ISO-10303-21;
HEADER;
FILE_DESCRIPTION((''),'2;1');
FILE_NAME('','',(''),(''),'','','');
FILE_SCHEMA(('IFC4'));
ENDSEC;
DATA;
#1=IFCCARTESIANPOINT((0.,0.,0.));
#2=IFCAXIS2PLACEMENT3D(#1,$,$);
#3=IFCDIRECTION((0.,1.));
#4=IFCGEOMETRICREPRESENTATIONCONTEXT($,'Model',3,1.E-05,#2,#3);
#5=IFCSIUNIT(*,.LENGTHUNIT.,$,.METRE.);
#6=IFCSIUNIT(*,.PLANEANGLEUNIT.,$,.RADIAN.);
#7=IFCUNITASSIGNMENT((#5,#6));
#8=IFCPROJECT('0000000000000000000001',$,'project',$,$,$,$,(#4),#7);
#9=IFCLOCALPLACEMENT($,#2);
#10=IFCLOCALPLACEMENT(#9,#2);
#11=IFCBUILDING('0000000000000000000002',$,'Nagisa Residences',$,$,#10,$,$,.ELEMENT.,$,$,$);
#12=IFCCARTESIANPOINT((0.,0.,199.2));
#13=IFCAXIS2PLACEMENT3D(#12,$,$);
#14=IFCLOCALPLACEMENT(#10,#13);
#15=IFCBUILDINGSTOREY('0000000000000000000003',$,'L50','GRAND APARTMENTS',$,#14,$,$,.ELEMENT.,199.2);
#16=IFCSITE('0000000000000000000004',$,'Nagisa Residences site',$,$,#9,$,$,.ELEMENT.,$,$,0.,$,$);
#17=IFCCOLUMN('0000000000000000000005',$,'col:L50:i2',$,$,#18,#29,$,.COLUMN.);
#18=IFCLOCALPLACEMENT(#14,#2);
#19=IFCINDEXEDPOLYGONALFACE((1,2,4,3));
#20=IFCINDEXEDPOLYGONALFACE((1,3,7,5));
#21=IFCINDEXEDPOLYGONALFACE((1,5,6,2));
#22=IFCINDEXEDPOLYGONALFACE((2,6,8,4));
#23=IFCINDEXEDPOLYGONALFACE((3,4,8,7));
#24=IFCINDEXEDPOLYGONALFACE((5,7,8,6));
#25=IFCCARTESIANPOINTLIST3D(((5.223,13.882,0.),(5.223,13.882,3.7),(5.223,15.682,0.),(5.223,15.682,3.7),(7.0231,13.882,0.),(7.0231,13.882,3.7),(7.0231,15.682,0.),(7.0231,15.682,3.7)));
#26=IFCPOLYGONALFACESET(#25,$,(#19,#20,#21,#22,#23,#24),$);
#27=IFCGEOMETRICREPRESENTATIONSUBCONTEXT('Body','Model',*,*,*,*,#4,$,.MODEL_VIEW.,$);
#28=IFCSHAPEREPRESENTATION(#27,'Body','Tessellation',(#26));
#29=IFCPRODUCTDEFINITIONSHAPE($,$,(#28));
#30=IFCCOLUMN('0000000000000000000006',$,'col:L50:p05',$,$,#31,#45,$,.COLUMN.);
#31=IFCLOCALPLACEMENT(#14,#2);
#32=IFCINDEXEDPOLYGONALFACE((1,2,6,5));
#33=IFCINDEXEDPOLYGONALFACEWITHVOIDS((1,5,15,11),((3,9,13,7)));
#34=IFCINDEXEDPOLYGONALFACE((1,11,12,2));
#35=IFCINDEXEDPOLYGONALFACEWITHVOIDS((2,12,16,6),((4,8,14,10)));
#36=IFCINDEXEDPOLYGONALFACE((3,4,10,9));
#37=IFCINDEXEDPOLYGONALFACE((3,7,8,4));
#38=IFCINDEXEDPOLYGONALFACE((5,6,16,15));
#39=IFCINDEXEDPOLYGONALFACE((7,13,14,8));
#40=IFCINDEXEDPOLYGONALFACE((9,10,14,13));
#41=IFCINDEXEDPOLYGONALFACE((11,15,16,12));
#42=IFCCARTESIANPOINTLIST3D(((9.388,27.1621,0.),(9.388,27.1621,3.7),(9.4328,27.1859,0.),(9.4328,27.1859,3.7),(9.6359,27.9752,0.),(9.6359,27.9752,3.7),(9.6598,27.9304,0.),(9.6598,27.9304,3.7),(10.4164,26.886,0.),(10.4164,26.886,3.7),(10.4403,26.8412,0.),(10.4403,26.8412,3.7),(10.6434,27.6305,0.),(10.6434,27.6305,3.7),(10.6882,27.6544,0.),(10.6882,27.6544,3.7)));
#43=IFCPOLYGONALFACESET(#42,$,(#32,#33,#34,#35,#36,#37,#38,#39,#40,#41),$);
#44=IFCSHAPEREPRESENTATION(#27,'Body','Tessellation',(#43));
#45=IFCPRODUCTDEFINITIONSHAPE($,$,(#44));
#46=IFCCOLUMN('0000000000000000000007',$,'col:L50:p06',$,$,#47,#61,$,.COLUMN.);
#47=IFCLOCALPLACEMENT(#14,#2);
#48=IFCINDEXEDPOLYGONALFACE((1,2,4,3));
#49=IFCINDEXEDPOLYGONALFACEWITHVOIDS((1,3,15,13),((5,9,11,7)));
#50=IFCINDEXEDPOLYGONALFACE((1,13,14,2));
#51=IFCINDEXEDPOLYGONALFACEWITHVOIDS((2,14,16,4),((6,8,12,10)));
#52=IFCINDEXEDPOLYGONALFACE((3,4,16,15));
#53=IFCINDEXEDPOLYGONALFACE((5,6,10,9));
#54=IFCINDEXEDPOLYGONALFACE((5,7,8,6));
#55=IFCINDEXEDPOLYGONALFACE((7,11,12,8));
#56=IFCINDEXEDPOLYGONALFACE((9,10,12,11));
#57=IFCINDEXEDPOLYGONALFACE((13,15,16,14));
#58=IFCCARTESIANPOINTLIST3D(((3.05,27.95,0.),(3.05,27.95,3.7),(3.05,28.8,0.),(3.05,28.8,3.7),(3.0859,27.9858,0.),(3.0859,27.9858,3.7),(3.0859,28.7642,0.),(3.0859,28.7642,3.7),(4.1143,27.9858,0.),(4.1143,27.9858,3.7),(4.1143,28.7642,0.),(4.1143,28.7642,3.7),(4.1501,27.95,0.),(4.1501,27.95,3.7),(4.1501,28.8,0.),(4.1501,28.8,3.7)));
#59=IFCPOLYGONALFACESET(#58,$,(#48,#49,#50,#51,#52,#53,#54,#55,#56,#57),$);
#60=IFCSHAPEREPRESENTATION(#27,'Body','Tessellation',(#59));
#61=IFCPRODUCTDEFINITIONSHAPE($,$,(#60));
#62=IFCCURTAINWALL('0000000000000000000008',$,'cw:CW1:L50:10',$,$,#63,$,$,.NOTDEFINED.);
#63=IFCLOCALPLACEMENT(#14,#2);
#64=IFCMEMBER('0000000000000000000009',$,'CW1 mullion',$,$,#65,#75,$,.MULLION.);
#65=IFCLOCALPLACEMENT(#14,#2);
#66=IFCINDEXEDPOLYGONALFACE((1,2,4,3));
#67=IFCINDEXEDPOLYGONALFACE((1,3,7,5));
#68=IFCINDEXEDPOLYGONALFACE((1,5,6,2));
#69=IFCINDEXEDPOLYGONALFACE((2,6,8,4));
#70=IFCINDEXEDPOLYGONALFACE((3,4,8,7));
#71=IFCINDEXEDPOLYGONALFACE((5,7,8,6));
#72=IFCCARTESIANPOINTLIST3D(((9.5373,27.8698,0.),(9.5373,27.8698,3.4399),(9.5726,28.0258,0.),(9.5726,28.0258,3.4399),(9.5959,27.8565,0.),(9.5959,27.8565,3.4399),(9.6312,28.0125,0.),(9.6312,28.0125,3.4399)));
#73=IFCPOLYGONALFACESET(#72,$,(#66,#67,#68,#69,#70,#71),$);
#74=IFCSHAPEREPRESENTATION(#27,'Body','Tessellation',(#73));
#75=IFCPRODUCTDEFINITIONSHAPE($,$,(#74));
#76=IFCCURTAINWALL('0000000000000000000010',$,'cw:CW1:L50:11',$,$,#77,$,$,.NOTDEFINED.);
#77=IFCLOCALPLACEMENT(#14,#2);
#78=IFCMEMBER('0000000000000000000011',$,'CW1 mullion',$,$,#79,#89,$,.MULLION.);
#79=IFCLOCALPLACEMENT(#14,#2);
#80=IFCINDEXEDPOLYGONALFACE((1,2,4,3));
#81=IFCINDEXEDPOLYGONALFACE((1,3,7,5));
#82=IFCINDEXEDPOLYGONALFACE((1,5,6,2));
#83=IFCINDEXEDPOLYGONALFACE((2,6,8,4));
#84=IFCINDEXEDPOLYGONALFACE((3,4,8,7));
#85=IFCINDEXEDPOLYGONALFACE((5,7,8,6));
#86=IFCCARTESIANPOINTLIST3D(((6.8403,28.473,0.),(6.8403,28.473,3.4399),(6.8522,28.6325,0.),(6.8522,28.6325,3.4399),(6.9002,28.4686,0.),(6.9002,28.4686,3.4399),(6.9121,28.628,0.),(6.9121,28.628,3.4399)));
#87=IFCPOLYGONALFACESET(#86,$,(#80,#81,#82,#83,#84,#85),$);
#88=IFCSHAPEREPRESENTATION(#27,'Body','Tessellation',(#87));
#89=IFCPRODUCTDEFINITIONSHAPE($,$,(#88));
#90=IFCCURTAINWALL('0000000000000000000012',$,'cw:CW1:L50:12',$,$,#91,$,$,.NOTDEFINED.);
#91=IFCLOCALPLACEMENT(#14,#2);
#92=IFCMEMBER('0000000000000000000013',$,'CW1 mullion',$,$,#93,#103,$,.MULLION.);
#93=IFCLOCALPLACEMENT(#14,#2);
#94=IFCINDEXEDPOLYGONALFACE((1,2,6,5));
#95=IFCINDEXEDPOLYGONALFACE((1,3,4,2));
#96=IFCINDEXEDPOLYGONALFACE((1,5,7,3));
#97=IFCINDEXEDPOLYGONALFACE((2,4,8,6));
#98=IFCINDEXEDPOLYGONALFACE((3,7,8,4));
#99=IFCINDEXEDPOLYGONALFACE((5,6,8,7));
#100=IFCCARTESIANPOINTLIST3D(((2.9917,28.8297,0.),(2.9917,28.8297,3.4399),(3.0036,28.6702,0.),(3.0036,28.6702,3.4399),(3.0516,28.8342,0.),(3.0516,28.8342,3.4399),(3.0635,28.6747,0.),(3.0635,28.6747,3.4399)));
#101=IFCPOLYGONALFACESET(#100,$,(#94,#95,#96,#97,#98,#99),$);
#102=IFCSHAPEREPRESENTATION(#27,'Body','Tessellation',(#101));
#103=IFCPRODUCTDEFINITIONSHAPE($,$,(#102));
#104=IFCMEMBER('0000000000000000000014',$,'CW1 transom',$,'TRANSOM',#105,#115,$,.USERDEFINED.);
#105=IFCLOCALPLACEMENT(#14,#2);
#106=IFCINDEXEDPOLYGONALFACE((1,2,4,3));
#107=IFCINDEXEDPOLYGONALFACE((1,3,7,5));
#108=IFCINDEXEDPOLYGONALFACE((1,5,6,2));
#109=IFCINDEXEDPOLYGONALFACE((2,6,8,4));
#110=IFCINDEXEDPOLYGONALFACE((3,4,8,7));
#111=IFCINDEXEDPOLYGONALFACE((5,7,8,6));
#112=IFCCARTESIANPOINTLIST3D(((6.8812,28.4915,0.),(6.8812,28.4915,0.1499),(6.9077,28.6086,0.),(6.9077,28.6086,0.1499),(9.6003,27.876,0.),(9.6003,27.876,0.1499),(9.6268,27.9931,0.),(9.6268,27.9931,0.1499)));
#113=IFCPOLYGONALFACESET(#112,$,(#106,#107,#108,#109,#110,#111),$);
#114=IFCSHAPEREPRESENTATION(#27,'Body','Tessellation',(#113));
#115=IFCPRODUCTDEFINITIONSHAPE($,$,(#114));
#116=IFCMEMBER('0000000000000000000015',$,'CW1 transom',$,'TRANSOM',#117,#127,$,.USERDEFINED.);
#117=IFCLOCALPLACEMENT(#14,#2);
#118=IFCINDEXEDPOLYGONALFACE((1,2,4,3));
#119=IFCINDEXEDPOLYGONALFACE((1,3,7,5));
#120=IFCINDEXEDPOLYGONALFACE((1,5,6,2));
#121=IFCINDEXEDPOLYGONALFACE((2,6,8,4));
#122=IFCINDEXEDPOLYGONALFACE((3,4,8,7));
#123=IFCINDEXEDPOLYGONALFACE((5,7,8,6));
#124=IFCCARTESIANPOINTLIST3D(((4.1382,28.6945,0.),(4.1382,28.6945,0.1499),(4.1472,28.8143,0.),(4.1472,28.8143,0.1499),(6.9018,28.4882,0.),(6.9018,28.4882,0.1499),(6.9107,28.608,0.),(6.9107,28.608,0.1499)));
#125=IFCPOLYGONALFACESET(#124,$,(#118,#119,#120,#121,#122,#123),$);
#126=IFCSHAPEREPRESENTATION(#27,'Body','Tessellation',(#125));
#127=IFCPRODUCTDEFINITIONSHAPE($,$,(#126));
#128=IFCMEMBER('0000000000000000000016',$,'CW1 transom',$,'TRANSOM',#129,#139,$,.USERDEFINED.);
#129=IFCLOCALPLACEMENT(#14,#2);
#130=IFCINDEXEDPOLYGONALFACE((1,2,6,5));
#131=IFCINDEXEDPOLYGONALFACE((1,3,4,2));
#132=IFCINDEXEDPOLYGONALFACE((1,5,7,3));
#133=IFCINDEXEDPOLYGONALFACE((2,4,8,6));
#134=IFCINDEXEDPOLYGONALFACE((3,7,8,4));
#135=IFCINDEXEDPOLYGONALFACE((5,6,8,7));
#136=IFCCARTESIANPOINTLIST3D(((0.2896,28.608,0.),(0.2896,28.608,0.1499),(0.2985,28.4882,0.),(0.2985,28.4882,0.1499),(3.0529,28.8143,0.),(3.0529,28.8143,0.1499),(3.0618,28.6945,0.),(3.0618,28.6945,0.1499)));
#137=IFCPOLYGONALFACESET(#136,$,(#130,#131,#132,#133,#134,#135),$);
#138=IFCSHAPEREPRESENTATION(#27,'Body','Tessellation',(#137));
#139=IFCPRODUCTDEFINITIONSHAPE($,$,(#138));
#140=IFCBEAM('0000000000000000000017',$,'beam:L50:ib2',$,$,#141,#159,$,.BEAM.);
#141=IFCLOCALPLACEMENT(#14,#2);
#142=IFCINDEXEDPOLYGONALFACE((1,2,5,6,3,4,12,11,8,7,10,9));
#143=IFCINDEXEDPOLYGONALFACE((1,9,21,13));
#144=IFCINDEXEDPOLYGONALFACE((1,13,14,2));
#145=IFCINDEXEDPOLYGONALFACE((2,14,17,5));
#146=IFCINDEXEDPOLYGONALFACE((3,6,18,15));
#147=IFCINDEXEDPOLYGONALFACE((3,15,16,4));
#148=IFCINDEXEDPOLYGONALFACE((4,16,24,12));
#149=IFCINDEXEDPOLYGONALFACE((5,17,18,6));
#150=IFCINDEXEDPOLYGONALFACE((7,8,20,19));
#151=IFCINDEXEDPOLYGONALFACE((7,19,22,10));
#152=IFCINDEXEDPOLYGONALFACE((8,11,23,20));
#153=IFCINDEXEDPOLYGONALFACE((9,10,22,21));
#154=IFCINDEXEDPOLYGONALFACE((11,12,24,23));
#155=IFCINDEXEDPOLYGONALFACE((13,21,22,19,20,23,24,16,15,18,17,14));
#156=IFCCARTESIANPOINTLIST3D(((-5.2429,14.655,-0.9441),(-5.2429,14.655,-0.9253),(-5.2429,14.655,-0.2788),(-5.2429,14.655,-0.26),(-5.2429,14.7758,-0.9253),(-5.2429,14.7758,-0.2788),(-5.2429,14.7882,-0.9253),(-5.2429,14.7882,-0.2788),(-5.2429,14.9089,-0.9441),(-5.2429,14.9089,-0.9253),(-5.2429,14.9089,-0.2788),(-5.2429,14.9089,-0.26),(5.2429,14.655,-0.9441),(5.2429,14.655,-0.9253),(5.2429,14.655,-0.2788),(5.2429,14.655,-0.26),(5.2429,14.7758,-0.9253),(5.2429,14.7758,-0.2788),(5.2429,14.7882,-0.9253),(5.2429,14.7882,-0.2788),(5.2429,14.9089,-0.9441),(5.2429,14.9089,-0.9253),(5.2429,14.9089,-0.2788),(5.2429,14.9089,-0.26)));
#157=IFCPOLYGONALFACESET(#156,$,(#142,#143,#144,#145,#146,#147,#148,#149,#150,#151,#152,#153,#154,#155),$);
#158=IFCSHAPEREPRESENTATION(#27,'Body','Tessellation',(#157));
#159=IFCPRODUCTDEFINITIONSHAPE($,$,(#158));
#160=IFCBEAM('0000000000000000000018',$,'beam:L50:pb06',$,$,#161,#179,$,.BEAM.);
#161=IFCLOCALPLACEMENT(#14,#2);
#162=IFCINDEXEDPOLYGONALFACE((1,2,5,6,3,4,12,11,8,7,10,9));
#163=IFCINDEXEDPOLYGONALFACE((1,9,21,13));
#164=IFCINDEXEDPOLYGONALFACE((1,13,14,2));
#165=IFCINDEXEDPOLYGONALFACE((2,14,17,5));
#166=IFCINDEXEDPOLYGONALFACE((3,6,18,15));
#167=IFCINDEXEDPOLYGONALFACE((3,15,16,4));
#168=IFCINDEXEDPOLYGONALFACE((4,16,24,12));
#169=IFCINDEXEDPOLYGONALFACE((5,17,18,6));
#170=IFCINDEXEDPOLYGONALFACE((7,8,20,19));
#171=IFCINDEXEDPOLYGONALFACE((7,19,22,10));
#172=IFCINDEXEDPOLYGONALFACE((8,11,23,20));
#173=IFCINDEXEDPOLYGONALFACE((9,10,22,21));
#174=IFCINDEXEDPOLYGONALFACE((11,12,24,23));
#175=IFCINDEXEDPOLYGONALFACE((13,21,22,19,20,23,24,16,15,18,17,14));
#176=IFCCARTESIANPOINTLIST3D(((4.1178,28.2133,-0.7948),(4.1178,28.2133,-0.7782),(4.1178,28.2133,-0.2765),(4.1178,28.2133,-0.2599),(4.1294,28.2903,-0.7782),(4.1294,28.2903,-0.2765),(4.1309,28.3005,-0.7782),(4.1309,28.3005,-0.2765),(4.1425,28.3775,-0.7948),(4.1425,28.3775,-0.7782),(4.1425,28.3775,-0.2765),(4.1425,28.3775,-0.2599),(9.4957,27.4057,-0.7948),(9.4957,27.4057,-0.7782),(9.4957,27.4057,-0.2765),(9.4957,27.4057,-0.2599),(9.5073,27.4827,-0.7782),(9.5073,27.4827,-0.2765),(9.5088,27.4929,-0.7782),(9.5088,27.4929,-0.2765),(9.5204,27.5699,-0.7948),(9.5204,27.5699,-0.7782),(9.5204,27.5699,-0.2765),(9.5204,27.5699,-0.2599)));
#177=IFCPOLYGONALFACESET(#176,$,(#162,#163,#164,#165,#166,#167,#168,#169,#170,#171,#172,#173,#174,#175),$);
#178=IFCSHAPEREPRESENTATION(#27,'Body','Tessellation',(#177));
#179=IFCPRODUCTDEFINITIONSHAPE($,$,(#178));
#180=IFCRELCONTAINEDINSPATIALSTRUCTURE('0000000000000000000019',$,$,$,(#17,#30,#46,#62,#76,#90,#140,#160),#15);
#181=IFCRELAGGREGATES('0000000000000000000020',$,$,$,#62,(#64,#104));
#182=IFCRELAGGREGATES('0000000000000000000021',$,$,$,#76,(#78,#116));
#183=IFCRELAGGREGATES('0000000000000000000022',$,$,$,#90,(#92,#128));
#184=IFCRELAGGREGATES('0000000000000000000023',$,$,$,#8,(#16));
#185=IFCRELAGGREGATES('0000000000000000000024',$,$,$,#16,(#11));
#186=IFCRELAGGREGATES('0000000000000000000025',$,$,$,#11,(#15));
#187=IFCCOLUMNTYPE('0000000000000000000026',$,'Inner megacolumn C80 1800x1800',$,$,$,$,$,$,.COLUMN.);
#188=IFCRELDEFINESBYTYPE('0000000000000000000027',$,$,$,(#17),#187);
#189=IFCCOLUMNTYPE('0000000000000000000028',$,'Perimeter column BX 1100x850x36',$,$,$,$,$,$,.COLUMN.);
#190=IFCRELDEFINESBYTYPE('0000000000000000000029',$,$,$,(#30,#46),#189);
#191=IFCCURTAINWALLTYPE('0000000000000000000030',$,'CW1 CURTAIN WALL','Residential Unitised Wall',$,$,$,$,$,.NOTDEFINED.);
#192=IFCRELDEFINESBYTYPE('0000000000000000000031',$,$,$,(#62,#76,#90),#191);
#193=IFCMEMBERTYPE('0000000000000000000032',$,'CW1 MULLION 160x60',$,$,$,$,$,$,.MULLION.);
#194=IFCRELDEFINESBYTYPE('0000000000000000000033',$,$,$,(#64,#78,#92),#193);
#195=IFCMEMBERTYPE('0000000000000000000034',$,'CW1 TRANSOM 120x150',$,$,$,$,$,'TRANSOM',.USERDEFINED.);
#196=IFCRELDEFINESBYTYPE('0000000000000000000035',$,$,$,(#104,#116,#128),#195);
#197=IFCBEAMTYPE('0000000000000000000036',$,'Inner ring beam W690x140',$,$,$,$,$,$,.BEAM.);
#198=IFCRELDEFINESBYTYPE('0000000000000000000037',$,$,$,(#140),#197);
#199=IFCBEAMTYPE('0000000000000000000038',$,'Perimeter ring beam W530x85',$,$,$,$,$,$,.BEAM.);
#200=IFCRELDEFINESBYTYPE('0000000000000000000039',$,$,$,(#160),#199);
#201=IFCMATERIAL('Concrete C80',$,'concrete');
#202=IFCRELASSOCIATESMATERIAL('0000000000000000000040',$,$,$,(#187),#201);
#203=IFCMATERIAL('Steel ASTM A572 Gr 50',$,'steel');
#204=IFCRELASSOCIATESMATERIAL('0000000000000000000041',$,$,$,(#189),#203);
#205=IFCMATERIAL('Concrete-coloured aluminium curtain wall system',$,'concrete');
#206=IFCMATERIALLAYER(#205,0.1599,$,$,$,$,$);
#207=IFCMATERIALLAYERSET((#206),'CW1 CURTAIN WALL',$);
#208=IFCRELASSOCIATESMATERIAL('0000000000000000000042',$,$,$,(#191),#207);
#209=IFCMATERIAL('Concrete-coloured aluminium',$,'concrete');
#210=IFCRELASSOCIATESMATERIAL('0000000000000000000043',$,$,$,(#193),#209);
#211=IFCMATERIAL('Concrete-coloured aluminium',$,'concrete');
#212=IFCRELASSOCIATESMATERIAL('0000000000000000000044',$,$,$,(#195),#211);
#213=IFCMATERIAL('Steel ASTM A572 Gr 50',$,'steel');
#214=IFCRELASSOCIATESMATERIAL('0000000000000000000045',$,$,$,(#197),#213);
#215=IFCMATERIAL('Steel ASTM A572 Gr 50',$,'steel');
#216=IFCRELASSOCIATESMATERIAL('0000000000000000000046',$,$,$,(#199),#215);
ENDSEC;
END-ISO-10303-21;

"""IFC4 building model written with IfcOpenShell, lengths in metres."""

from ifc_helpers import new_model, si_unit, direction, frame, origin, origin_2d, place, context, subcontext, project, spatial, rectangle, hollow_rectangle, i_section, extrude, material, layer, layer_set, material_profile, profile_set, type_object, element, aggregate, save


model = new_model("IFC4")

# Units and contexts
model_context = context("Model", 3, precision=1e-05, world=origin(), true_north=direction((0.0, 1.0)))
body_context = subcontext(model_context, "Body", "Model", "MODEL_VIEW")
ifc_project = project(units=[si_unit("LENGTHUNIT", "METRE"), si_unit("PLANEANGLEUNIT", "RADIAN")], contexts=[model_context])

# Site, building, storey
site_placement = place(None, origin())
site = spatial("IfcSite", under=ifc_project, at=site_placement, Name="Nagisa Residences site", CompositionType="ELEMENT", RefElevation=0.0)
building_placement = place(site_placement, origin())
building = spatial("IfcBuilding", under=site, at=building_placement, Name="Nagisa Residences", CompositionType="ELEMENT")
storey_placement = place(building_placement, frame((0.0, 0.0, 199.2)))
storey = spatial("IfcBuildingStorey", under=building, at=storey_placement, Name="L50", Description="GRAND APARTMENTS", CompositionType="ELEMENT", Elevation=199.2)

# Columns
ifc_material_1 = material(Name="Concrete C80", Category="concrete")
ifc_material_profile_1 = material_profile(ifc_material_1, rectangle(XDim=1.8, YDim=1.8, at=origin_2d()), Name="C80 1800x1800")
ifc_profile_set_1 = profile_set([ifc_material_profile_1], Name="Concrete C80")
column_type_1 = type_object("IfcColumnType", Name="Inner megacolumn C80 1800x1800", PredefinedType="COLUMN", material=ifc_profile_set_1)
column_placement = place(storey_placement, frame((6.123, 14.782, 0.0), z_axis=(0.0, 0.0, 1.0), x_axis=(1.0, 0.0, 0.0)))
element("IfcColumn", 1, at=column_placement, inside=storey, type_object=column_type_1, Name="col:L50:i2", PredefinedType="COLUMN", context=body_context, shape_type="SweptSolid", body=[
    extrude(rectangle(XDim=1.8, YDim=1.8, at=origin_2d()), origin(), (0.0, 0.0, 1.0), 3.7),
])
ifc_material_2 = material(Name="Steel ASTM A572 Gr 50", Category="steel")
ifc_material_profile_2 = material_profile(ifc_material_2, hollow_rectangle(XDim=1.1001, YDim=0.8501, WallThickness=0.0359, at=origin_2d()), Name="BX 1100x850x36")
ifc_profile_set_2 = profile_set([ifc_material_profile_2], Name="Steel ASTM A572 Gr 50")
column_type_2 = type_object("IfcColumnType", Name="Perimeter column BX 1100x850x36", PredefinedType="COLUMN", material=ifc_profile_set_2)
for number, where, z_axis, x_axis, name in (
    (2, (10.0381, 27.4082, 0.0), (0.0, 0.0, 1.0), (-0.956525, 0.291652, 0.0), "col:L50:p05"),
    (3, (3.6001, 28.375, 0.0), (0.0, 0.0, 1.0), (-1.0, 0.0, 0.0), "col:L50:p06"),
):
    element("IfcColumn", number, at=place(storey_placement, frame(where, z_axis=z_axis, x_axis=x_axis)), inside=storey, type_object=column_type_2, Name=name, PredefinedType="COLUMN", context=body_context, shape_type="SweptSolid", body=[
        extrude(hollow_rectangle(XDim=1.1001, YDim=0.8501, WallThickness=0.0359, at=origin_2d()), origin(), (0.0, 0.0, 1.0), 3.7),
    ])

# Curtain walls, members
ifc_material_3 = material(Name="Concrete-coloured aluminium curtain wall system", Category="concrete")
ifc_layer_1 = layer(ifc_material_3, 0.1599)
ifc_layer_set_1 = layer_set([ifc_layer_1], Name="CW1 CURTAIN WALL")
curtain_wall_type = type_object("IfcCurtainWallType", Name="CW1 CURTAIN WALL", Description="Residential Unitised Wall", PredefinedType="NOTDEFINED", material=ifc_layer_set_1)
curtain_wall_1_placement = place(storey_placement, origin())
curtain_wall_1 = element("IfcCurtainWall", 4, at=curtain_wall_1_placement, inside=storey, type_object=curtain_wall_type, Name="cw:CW1:L50:10", PredefinedType="NOTDEFINED")
ifc_material_4 = material(Name="Concrete-coloured aluminium", Category="concrete")
ifc_material_profile_3 = material_profile(ifc_material_4, rectangle(XDim=0.1599, YDim=0.0601, at=origin_2d()), Name="CW1 MULLION 160x60")
ifc_profile_set_3 = profile_set([ifc_material_profile_3], Name="Concrete-coloured aluminium")
member_type_1 = type_object("IfcMemberType", Name="CW1 MULLION 160x60", PredefinedType="MULLION", material=ifc_profile_set_3)
member_1_placement = place(storey_placement, frame((9.5842, 27.9412, 0.0), z_axis=(0.0, 0.0, 1.0), x_axis=(-0.220764, -0.975327, 0.0)))
member_1 = element("IfcMember", 5, at=member_1_placement, type_object=member_type_1, Name="CW1 mullion", PredefinedType="MULLION", context=body_context, shape_type="SweptSolid", body=[
    extrude(rectangle(XDim=0.1599, YDim=0.0601, at=origin_2d()), origin(), (0.0, 0.0, 1.0), 3.4399),
])
curtain_wall_2_placement = place(storey_placement, origin())
curtain_wall_2 = element("IfcCurtainWall", 6, at=curtain_wall_2_placement, inside=storey, type_object=curtain_wall_type, Name="cw:CW1:L50:11", PredefinedType="NOTDEFINED")
member_2_placement = place(storey_placement, frame((6.8762, 28.5505, 0.0), z_axis=(0.0, 0.0, 1.0), x_axis=(-0.074377, -0.99723, 0.0)))
member_2 = element("IfcMember", 7, at=member_2_placement, type_object=member_type_1, Name="CW1 mullion", PredefinedType="MULLION", context=body_context, shape_type="SweptSolid", body=[
    extrude(rectangle(XDim=0.1599, YDim=0.0601, at=origin_2d()), origin(), (0.0, 0.0, 1.0), 3.4399),
])
curtain_wall_3_placement = place(storey_placement, origin())
curtain_wall_3 = element("IfcCurtainWall", 8, at=curtain_wall_3_placement, inside=storey, type_object=curtain_wall_type, Name="cw:CW1:L50:12", PredefinedType="NOTDEFINED")
member_3_placement = place(storey_placement, frame((3.0276, 28.7522, 0.0), z_axis=(0.0, 0.0, 1.0), x_axis=(0.074377, -0.99723, 0.0)))
member_3 = element("IfcMember", 9, at=member_3_placement, type_object=member_type_1, Name="CW1 mullion", PredefinedType="MULLION", context=body_context, shape_type="SweptSolid", body=[
    extrude(rectangle(XDim=0.1599, YDim=0.0601, at=origin_2d()), origin(), (0.0, 0.0, 1.0), 3.4399),
])

# Members
ifc_material_5 = material(Name="Concrete-coloured aluminium", Category="concrete")
ifc_material_profile_4 = material_profile(ifc_material_5, rectangle(XDim=0.1201, YDim=0.1499, at=origin_2d()), Name="CW1 TRANSOM 120x150")
ifc_profile_set_4 = profile_set([ifc_material_profile_4], Name="Concrete-coloured aluminium")
member_type_2 = type_object("IfcMemberType", Name="CW1 TRANSOM 120x150", ElementType="TRANSOM", PredefinedType="USERDEFINED", material=ifc_profile_set_4)
member_4_placement = place(storey_placement, frame((9.6135, 27.9346, 0.075), z_axis=(-0.975324, 0.220777, 0.0), x_axis=(-0.220777, -0.975324, 0.0)))
member_4 = element("IfcMember", 10, at=member_4_placement, type_object=member_type_2, Name="CW1 transom", ObjectType="TRANSOM", PredefinedType="USERDEFINED", context=body_context, shape_type="SweptSolid", body=[
    extrude(rectangle(XDim=0.1201, YDim=0.1499, at=origin_2d()), origin(), (0.0, 0.0, 1.0), 2.7878),
])
member_5_placement = place(storey_placement, frame((6.9062, 28.5481, 0.075), z_axis=(-0.997226, 0.07444, 0.0), x_axis=(-0.07444, -0.997226, 0.0)))
member_5 = element("IfcMember", 11, at=member_5_placement, type_object=member_type_2, Name="CW1 transom", ObjectType="TRANSOM", PredefinedType="USERDEFINED", context=body_context, shape_type="SweptSolid", body=[
    extrude(rectangle(XDim=0.1201, YDim=0.1499, at=origin_2d()), origin(), (0.0, 0.0, 1.0), 2.7712),
])
member_6_placement = place(storey_placement, frame((3.0574, 28.7544, 0.075), z_axis=(-0.997225, -0.074446, 0.0), x_axis=(0.074446, -0.997225, 0.0)))
member_6 = element("IfcMember", 12, at=member_6_placement, type_object=member_type_2, Name="CW1 transom", ObjectType="TRANSOM", PredefinedType="USERDEFINED", context=body_context, shape_type="SweptSolid", body=[
    extrude(rectangle(XDim=0.1201, YDim=0.1499, at=origin_2d()), origin(), (0.0, 0.0, 1.0), 2.771),
])

# Beams
ifc_material_6 = material(Name="Steel ASTM A572 Gr 50", Category="steel")
ifc_material_profile_5 = material_profile(ifc_material_6, i_section(OverallWidth=0.2539, OverallDepth=0.6841, WebThickness=0.0125, FlangeThickness=0.0188, at=origin_2d()), Name="W690x140")
ifc_profile_set_5 = profile_set([ifc_material_profile_5], Name="Steel ASTM A572 Gr 50")
beam_type_1 = type_object("IfcBeamType", Name="Inner ring beam W690x140", PredefinedType="BEAM", material=ifc_profile_set_5)
beam_1_placement = place(storey_placement, frame((5.2429, 14.782, -0.6021), z_axis=(-1.0, 0.0, 0.0), x_axis=(0.0, -1.0, 0.0)))
element("IfcBeam", 13, at=beam_1_placement, inside=storey, type_object=beam_type_1, Name="beam:L50:ib2", PredefinedType="BEAM", context=body_context, shape_type="SweptSolid", body=[
    extrude(i_section(OverallWidth=0.2539, OverallDepth=0.6841, WebThickness=0.0125, FlangeThickness=0.0188, at=origin_2d()), origin(), (0.0, 0.0, 1.0), 10.4858),
])
ifc_material_7 = material(Name="Steel ASTM A572 Gr 50", Category="steel")
ifc_material_profile_6 = material_profile(ifc_material_7, i_section(OverallWidth=0.166, OverallDepth=0.5349, WebThickness=0.0103, FlangeThickness=0.0166, at=origin_2d()), Name="W530x85")
ifc_profile_set_6 = profile_set([ifc_material_profile_6], Name="Steel ASTM A572 Gr 50")
beam_type_2 = type_object("IfcBeamType", Name="Perimeter ring beam W530x85", PredefinedType="BEAM", material=ifc_profile_set_6)
for number, where, z_axis, x_axis, name in (
    (14, (9.5081, 27.4878, -0.5273), (-0.988911, 0.148507, 0.0), (-0.148507, -0.988911, 0.0), "beam:L50:pb06"),
):
    element("IfcBeam", number, at=place(storey_placement, frame(where, z_axis=z_axis, x_axis=x_axis)), inside=storey, type_object=beam_type_2, Name=name, PredefinedType="BEAM", context=body_context, shape_type="SweptSolid", body=[
        extrude(i_section(OverallWidth=0.166, OverallDepth=0.5349, WebThickness=0.0103, FlangeThickness=0.0166, at=origin_2d()), origin(), (0.0, 0.0, 1.0), 5.4382),
    ])

aggregate(curtain_wall_1, [member_1, member_4])
aggregate(curtain_wall_2, [member_2, member_5])
aggregate(curtain_wall_3, [member_3, member_6])

save(model, "model.ifc")
